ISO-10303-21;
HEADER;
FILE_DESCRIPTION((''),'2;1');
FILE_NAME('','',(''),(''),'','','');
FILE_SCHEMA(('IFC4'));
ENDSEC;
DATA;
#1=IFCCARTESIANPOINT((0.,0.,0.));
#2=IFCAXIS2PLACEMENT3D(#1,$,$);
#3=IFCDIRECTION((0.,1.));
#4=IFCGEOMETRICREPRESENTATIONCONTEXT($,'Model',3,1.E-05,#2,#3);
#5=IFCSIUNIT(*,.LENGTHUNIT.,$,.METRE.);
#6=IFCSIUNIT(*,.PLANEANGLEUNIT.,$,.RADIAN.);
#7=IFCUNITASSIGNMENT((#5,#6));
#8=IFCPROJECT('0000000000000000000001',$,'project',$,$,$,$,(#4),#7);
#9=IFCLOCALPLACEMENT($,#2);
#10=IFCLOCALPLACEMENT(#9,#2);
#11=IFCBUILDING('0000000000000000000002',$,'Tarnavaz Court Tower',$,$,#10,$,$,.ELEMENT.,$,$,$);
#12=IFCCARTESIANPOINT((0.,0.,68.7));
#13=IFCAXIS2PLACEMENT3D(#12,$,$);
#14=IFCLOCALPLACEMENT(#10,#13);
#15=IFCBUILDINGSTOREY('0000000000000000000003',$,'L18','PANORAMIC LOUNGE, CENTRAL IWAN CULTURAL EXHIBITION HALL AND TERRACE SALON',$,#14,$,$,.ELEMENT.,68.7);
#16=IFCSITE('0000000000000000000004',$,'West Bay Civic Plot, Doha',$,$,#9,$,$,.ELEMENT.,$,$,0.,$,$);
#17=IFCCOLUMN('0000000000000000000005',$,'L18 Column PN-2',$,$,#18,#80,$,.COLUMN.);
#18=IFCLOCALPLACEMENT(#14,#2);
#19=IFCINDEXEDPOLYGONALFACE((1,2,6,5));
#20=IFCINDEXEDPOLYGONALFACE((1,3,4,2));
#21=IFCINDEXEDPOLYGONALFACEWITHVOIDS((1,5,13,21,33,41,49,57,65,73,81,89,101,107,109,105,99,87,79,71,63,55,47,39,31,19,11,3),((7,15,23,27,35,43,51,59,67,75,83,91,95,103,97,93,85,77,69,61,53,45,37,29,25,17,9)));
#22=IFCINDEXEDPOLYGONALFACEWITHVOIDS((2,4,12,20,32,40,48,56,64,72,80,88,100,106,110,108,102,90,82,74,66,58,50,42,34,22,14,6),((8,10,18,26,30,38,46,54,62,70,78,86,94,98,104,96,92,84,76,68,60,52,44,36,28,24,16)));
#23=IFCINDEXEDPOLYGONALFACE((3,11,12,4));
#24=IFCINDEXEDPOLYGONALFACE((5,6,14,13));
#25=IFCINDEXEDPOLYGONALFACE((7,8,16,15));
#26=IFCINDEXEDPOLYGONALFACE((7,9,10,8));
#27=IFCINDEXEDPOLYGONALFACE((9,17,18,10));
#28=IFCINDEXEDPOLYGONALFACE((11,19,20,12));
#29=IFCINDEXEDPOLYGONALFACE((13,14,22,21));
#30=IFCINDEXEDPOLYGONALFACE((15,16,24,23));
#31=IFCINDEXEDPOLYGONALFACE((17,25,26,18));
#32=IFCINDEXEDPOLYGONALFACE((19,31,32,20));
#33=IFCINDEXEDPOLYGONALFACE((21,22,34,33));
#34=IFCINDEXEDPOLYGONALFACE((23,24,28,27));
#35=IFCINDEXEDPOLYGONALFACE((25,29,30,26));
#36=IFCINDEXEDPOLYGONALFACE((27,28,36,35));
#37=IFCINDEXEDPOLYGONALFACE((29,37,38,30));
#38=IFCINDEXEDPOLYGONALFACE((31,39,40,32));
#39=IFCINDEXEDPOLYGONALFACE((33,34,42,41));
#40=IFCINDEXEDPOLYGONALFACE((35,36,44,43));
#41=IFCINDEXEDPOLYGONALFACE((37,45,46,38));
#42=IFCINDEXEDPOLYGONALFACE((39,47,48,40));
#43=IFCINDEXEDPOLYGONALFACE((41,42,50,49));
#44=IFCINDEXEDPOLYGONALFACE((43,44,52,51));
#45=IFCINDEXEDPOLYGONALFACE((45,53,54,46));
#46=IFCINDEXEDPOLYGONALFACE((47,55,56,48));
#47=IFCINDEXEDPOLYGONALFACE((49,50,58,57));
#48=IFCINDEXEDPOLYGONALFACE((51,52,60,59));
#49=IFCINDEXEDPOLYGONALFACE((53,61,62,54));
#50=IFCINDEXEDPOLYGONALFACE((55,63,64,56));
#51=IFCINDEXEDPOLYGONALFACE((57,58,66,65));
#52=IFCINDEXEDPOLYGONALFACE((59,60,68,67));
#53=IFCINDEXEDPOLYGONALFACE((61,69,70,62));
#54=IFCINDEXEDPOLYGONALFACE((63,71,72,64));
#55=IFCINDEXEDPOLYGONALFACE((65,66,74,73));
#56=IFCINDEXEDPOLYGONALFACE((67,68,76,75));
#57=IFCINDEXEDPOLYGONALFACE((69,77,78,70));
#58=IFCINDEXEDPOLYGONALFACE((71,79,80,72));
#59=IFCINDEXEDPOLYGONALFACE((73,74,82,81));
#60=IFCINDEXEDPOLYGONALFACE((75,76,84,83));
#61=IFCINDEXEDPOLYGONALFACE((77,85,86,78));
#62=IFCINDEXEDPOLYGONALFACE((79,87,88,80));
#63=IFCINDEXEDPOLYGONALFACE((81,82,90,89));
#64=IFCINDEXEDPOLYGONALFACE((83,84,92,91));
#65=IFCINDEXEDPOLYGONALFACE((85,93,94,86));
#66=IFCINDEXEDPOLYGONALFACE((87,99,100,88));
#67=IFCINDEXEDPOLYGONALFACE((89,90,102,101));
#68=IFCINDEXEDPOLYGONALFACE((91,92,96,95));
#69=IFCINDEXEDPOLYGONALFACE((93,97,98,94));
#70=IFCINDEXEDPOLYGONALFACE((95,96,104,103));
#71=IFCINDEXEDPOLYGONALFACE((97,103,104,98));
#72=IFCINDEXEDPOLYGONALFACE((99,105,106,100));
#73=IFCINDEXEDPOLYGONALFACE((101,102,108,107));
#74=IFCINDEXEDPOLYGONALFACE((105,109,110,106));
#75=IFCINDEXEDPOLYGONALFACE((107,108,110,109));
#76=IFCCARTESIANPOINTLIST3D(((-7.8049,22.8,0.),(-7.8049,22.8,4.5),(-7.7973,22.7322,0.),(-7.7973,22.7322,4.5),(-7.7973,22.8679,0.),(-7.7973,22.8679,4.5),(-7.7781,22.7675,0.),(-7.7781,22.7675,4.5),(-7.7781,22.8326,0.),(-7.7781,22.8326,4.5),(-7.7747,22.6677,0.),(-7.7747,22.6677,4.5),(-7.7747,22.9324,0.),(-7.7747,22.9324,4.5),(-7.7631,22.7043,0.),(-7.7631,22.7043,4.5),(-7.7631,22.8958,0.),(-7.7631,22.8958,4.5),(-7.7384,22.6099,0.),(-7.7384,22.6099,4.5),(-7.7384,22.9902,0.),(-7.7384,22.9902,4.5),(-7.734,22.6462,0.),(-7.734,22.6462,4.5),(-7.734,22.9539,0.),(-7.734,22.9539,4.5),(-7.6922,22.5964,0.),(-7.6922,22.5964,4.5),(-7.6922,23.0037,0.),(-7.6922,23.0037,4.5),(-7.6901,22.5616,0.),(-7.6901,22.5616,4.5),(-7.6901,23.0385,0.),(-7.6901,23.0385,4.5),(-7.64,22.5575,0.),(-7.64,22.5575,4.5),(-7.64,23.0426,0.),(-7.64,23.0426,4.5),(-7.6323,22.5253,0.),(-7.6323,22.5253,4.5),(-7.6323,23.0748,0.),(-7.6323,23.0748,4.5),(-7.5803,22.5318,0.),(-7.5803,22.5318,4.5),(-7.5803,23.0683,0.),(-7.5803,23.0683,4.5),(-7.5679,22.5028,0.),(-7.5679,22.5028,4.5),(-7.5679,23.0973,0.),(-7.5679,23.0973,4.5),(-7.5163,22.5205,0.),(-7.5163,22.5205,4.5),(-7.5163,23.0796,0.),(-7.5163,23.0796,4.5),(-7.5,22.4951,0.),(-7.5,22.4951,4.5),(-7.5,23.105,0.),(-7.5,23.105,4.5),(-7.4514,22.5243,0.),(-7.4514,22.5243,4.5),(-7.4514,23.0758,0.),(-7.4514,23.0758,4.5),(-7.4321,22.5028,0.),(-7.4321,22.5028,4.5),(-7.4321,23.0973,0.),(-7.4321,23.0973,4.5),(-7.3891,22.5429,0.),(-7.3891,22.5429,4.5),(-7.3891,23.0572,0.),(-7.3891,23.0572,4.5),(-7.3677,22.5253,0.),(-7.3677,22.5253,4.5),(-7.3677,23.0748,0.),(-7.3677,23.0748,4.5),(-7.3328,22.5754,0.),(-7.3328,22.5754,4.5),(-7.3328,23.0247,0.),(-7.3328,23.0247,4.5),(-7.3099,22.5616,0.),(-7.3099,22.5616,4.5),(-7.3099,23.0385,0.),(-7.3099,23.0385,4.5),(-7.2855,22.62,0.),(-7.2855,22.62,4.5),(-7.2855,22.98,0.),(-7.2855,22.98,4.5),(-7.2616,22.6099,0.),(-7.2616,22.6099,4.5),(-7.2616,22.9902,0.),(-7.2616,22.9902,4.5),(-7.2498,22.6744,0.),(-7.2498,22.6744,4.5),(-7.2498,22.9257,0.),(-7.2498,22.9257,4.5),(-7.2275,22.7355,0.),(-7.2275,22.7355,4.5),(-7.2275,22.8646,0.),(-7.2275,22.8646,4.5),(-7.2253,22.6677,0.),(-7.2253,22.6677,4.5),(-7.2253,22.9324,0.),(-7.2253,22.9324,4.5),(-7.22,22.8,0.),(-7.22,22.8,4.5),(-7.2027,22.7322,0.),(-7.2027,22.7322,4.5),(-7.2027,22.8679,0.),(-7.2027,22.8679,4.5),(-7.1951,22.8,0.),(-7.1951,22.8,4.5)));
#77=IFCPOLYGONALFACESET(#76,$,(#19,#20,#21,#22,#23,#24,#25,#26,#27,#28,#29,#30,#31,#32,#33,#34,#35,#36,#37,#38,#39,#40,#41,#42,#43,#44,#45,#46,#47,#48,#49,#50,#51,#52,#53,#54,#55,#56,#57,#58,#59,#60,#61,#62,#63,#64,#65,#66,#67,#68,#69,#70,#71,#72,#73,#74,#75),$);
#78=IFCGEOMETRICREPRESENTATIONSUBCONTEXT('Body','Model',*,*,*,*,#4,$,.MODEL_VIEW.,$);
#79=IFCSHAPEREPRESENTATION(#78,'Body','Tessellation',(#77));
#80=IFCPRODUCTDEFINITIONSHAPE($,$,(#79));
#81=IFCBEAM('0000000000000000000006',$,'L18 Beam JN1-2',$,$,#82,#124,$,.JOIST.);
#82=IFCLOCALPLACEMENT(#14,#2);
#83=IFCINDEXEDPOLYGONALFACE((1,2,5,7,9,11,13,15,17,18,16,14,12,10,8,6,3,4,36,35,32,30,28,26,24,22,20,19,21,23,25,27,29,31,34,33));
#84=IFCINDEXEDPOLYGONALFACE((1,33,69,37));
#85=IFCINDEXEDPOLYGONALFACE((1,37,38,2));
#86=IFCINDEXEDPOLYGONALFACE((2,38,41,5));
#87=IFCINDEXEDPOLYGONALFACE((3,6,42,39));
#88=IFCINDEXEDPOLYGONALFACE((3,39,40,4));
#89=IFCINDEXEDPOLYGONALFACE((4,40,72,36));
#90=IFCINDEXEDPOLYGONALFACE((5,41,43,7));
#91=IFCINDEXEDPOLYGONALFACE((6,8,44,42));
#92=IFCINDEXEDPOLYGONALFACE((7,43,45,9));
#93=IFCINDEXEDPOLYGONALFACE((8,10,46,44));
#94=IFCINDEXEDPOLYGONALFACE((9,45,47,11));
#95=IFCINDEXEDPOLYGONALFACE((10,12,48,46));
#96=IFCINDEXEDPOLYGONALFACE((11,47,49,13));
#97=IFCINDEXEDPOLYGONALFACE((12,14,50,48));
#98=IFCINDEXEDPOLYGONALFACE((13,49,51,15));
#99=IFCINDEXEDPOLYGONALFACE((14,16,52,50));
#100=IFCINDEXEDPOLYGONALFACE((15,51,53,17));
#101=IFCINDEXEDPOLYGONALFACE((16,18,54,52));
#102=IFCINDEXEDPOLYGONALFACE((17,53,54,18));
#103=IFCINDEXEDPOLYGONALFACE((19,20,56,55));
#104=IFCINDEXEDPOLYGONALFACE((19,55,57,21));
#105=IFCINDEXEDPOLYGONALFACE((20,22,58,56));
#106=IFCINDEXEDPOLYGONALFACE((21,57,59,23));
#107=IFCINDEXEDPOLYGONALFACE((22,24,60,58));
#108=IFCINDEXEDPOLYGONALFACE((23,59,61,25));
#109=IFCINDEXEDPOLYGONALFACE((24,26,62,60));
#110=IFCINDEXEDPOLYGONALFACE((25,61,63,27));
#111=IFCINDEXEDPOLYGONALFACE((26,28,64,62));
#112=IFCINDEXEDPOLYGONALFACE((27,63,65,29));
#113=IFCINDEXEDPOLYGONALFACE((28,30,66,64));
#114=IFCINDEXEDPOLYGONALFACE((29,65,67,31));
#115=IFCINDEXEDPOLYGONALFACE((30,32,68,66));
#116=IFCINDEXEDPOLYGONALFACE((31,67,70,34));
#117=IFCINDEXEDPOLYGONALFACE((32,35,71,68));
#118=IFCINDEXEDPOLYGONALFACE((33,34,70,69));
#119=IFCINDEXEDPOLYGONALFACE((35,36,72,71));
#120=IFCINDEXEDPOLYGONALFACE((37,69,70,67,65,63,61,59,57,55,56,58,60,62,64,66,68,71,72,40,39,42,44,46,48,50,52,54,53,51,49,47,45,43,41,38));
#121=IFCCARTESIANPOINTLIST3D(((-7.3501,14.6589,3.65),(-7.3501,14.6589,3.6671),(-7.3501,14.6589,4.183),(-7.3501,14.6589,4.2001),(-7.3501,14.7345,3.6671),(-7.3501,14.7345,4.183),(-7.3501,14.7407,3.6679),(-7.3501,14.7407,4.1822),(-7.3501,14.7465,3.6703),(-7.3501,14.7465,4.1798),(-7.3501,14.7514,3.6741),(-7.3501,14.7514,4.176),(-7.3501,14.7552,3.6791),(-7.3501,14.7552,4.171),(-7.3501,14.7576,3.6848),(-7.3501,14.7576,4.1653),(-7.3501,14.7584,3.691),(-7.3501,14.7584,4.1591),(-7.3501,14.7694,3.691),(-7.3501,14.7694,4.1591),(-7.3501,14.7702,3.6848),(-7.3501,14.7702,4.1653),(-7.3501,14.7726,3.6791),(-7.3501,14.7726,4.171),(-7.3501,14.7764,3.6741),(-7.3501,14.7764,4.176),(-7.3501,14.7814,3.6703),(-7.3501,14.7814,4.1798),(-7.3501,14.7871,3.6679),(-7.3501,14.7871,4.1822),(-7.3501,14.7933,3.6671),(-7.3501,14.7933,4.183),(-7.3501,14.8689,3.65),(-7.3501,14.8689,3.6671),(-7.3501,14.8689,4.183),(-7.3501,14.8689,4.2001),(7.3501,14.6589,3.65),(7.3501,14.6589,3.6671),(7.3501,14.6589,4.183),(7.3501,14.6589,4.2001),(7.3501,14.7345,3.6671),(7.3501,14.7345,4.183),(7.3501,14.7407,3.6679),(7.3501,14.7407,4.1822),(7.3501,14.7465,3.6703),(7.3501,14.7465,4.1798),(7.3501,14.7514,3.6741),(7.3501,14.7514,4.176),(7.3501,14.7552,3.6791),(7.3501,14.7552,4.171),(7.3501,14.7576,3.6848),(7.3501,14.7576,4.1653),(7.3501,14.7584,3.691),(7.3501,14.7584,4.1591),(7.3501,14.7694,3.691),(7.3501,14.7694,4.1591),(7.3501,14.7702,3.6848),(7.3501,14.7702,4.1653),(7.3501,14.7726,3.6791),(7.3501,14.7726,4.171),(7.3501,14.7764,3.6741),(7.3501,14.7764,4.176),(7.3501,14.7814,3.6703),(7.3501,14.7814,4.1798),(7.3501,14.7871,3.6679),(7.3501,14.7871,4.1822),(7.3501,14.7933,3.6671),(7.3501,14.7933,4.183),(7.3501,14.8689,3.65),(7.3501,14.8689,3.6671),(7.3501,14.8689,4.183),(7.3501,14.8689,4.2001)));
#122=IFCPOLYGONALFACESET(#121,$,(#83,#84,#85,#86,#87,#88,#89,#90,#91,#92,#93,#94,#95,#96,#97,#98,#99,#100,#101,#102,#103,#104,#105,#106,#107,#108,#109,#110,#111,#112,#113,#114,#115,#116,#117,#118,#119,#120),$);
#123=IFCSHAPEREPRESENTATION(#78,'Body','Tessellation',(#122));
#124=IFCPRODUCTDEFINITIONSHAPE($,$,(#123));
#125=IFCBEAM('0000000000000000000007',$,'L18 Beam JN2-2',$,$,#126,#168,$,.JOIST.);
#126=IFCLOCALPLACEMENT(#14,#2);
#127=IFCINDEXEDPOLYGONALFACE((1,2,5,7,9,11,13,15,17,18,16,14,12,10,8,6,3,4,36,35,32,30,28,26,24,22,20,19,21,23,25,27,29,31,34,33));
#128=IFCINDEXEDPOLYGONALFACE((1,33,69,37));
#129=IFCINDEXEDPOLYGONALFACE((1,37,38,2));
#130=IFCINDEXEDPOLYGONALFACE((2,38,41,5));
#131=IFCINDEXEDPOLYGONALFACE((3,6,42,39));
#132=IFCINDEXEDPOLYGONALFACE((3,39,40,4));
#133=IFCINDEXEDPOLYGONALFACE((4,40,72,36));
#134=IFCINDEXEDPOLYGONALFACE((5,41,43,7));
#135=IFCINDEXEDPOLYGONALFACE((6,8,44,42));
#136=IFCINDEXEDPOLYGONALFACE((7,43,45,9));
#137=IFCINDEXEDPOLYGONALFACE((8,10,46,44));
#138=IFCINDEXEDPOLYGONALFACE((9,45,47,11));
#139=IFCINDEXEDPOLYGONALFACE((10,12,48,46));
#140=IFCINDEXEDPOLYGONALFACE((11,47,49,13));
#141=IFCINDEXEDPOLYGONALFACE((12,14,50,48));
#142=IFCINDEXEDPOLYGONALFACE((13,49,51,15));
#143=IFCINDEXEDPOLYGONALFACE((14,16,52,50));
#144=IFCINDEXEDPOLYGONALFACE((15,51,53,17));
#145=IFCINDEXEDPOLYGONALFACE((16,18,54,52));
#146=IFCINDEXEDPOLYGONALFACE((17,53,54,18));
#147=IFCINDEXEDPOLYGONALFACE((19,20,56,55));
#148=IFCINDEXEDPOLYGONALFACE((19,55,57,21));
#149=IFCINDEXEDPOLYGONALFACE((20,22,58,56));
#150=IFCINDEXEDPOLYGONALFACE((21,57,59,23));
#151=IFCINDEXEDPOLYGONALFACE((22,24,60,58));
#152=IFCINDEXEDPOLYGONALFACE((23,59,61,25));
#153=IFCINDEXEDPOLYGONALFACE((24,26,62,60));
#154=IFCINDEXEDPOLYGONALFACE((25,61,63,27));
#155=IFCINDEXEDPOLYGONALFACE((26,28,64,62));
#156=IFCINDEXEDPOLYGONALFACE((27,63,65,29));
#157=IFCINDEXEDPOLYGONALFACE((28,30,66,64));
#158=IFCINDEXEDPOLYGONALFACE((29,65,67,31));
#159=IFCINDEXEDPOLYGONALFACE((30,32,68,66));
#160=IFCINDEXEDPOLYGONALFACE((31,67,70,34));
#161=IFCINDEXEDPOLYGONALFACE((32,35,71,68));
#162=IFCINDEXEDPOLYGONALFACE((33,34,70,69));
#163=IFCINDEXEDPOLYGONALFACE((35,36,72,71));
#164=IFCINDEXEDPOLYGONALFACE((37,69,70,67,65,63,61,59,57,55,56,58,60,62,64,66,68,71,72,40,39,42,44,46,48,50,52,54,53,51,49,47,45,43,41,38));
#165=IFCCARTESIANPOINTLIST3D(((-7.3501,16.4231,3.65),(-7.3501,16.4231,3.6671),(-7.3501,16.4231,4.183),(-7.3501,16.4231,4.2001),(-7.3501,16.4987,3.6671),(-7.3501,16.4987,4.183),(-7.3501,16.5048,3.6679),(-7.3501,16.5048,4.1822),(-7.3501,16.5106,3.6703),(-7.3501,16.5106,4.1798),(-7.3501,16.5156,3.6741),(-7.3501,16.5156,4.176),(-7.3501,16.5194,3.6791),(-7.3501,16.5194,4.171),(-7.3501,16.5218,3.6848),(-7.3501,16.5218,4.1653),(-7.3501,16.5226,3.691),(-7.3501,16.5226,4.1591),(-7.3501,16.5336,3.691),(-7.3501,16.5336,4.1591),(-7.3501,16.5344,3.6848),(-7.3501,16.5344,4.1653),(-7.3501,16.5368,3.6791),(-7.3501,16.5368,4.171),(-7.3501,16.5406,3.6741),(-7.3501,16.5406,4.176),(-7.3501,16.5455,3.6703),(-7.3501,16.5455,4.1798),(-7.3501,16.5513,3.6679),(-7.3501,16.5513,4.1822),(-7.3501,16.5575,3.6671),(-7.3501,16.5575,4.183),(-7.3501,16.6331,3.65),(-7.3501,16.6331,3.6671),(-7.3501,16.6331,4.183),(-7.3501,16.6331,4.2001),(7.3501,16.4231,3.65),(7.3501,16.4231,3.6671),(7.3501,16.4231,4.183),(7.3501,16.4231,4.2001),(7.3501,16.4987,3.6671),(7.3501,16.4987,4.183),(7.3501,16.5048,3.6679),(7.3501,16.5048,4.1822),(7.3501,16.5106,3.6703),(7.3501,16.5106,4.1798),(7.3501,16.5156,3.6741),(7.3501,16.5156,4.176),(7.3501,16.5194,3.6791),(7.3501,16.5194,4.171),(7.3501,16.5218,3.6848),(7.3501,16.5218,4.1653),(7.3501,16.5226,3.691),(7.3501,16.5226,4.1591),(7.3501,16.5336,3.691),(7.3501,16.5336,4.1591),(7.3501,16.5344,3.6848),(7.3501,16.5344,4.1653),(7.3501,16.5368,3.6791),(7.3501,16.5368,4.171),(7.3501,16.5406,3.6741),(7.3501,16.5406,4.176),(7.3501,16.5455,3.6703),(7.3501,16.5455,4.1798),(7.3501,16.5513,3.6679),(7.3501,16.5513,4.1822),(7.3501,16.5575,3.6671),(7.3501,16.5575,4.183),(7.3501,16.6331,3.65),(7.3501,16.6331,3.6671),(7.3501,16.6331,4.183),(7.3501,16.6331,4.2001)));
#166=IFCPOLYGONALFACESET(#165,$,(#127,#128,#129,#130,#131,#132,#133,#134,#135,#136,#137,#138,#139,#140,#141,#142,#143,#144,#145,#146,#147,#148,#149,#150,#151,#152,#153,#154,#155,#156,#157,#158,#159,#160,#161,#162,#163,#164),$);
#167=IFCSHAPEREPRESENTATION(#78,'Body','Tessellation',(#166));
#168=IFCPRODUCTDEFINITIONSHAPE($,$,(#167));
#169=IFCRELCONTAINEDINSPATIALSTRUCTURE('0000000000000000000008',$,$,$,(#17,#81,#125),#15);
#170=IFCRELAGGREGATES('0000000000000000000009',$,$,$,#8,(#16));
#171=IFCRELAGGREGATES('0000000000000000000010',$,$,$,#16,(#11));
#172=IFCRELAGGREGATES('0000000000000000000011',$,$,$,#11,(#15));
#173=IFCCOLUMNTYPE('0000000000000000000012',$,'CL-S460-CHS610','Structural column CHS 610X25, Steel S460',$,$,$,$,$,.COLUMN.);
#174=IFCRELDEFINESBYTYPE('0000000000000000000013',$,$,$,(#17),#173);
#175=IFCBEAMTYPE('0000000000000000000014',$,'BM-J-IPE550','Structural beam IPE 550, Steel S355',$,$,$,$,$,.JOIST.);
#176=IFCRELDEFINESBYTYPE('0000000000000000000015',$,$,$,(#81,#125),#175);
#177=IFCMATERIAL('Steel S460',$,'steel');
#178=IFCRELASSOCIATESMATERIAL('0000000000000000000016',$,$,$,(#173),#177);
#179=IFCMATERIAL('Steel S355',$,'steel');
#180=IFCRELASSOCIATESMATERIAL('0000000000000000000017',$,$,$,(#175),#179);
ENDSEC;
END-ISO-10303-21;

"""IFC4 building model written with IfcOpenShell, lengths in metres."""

from ifc_helpers import new_model, si_unit, direction, frame, origin, origin_2d, place, context, subcontext, project, spatial, hollow_circle, i_section, extrude, material, material_profile, profile_set, type_object, element, save


model = new_model("IFC4")

# Units and contexts
model_context = context("Model", 3, precision=1e-05, world=origin(), true_north=direction((0.0, 1.0)))
body_context = subcontext(model_context, "Body", "Model", "MODEL_VIEW")
ifc_project = project(units=[si_unit("LENGTHUNIT", "METRE"), si_unit("PLANEANGLEUNIT", "RADIAN")], contexts=[model_context])

# Site, building, storey
site_placement = place(None, origin())
site = spatial("IfcSite", under=ifc_project, at=site_placement, Name="West Bay Civic Plot, Doha", CompositionType="ELEMENT", RefElevation=0.0)
building_placement = place(site_placement, origin())
building = spatial("IfcBuilding", under=site, at=building_placement, Name="Tarnavaz Court Tower", CompositionType="ELEMENT")
storey_placement = place(building_placement, frame((0.0, 0.0, 68.7)))
storey = spatial("IfcBuildingStorey", under=building, at=storey_placement, Name="L18", Description="PANORAMIC LOUNGE, CENTRAL IWAN CULTURAL EXHIBITION HALL AND TERRACE SALON", CompositionType="ELEMENT", Elevation=68.7)

# Column
ifc_material_1 = material(Name="Steel S460", Category="steel")
ifc_material_profile_1 = material_profile(ifc_material_1, hollow_circle(Radius=0.3049, WallThickness=0.0249, at=origin_2d()), Name="CHS 610X25")
ifc_profile_set_1 = profile_set([ifc_material_profile_1], Name="Steel S460")
column_type = type_object("IfcColumnType", Name="CL-S460-CHS610", Description="Structural column CHS 610X25, Steel S460", PredefinedType="COLUMN", material=ifc_profile_set_1)
column_placement = place(storey_placement, frame((-7.5, 22.8, 0.0), z_axis=(0.0, 0.0, 1.0), x_axis=(1.0, 0.0, 0.0)))
element("IfcColumn", 1, at=column_placement, inside=storey, type_object=column_type, Name="L18 Column PN-2", PredefinedType="COLUMN", context=body_context, shape_type="SweptSolid", body=[
    extrude(hollow_circle(Radius=0.3049, WallThickness=0.0249, at=origin_2d()), origin(), (0.0, 0.0, 1.0), 4.5),
])

# Beams
ifc_material_2 = material(Name="Steel S355", Category="steel")
ifc_material_profile_2 = material_profile(ifc_material_2, i_section(OverallWidth=0.21, OverallDepth=0.55, WebThickness=0.011, FlangeThickness=0.0171, FilletRadius=0.0239, at=origin_2d()), Name="IPE 550")
ifc_profile_set_2 = profile_set([ifc_material_profile_2], Name="Steel S355")
beam_type_1 = type_object("IfcBeamType", Name="BM-J-IPE550", Description="Structural beam IPE 550, Steel S355", PredefinedType="JOIST", material=ifc_profile_set_2)
for number, where, z_axis, x_axis, name in (
    (2, (-7.3501, 14.7639, 3.925), (1.0, 0.0, 0.0), (0.0, 1.0, 0.0), "L18 Beam JN1-2"),
    (3, (-7.3501, 16.5281, 3.925), (1.0, 0.0, 0.0), (0.0, 1.0, 0.0), "L18 Beam JN2-2"),
):
    element("IfcBeam", number, at=place(storey_placement, frame(where, z_axis=z_axis, x_axis=x_axis)), inside=storey, type_object=beam_type_1, Name=name, PredefinedType="JOIST", context=body_context, shape_type="SweptSolid", body=[
        extrude(i_section(OverallWidth=0.21, OverallDepth=0.55, WebThickness=0.011, FlangeThickness=0.0171, FilletRadius=0.0239, at=origin_2d()), origin(), (0.0, 0.0, 1.0), 14.7002),
    ])

save(model, "model.ifc")
